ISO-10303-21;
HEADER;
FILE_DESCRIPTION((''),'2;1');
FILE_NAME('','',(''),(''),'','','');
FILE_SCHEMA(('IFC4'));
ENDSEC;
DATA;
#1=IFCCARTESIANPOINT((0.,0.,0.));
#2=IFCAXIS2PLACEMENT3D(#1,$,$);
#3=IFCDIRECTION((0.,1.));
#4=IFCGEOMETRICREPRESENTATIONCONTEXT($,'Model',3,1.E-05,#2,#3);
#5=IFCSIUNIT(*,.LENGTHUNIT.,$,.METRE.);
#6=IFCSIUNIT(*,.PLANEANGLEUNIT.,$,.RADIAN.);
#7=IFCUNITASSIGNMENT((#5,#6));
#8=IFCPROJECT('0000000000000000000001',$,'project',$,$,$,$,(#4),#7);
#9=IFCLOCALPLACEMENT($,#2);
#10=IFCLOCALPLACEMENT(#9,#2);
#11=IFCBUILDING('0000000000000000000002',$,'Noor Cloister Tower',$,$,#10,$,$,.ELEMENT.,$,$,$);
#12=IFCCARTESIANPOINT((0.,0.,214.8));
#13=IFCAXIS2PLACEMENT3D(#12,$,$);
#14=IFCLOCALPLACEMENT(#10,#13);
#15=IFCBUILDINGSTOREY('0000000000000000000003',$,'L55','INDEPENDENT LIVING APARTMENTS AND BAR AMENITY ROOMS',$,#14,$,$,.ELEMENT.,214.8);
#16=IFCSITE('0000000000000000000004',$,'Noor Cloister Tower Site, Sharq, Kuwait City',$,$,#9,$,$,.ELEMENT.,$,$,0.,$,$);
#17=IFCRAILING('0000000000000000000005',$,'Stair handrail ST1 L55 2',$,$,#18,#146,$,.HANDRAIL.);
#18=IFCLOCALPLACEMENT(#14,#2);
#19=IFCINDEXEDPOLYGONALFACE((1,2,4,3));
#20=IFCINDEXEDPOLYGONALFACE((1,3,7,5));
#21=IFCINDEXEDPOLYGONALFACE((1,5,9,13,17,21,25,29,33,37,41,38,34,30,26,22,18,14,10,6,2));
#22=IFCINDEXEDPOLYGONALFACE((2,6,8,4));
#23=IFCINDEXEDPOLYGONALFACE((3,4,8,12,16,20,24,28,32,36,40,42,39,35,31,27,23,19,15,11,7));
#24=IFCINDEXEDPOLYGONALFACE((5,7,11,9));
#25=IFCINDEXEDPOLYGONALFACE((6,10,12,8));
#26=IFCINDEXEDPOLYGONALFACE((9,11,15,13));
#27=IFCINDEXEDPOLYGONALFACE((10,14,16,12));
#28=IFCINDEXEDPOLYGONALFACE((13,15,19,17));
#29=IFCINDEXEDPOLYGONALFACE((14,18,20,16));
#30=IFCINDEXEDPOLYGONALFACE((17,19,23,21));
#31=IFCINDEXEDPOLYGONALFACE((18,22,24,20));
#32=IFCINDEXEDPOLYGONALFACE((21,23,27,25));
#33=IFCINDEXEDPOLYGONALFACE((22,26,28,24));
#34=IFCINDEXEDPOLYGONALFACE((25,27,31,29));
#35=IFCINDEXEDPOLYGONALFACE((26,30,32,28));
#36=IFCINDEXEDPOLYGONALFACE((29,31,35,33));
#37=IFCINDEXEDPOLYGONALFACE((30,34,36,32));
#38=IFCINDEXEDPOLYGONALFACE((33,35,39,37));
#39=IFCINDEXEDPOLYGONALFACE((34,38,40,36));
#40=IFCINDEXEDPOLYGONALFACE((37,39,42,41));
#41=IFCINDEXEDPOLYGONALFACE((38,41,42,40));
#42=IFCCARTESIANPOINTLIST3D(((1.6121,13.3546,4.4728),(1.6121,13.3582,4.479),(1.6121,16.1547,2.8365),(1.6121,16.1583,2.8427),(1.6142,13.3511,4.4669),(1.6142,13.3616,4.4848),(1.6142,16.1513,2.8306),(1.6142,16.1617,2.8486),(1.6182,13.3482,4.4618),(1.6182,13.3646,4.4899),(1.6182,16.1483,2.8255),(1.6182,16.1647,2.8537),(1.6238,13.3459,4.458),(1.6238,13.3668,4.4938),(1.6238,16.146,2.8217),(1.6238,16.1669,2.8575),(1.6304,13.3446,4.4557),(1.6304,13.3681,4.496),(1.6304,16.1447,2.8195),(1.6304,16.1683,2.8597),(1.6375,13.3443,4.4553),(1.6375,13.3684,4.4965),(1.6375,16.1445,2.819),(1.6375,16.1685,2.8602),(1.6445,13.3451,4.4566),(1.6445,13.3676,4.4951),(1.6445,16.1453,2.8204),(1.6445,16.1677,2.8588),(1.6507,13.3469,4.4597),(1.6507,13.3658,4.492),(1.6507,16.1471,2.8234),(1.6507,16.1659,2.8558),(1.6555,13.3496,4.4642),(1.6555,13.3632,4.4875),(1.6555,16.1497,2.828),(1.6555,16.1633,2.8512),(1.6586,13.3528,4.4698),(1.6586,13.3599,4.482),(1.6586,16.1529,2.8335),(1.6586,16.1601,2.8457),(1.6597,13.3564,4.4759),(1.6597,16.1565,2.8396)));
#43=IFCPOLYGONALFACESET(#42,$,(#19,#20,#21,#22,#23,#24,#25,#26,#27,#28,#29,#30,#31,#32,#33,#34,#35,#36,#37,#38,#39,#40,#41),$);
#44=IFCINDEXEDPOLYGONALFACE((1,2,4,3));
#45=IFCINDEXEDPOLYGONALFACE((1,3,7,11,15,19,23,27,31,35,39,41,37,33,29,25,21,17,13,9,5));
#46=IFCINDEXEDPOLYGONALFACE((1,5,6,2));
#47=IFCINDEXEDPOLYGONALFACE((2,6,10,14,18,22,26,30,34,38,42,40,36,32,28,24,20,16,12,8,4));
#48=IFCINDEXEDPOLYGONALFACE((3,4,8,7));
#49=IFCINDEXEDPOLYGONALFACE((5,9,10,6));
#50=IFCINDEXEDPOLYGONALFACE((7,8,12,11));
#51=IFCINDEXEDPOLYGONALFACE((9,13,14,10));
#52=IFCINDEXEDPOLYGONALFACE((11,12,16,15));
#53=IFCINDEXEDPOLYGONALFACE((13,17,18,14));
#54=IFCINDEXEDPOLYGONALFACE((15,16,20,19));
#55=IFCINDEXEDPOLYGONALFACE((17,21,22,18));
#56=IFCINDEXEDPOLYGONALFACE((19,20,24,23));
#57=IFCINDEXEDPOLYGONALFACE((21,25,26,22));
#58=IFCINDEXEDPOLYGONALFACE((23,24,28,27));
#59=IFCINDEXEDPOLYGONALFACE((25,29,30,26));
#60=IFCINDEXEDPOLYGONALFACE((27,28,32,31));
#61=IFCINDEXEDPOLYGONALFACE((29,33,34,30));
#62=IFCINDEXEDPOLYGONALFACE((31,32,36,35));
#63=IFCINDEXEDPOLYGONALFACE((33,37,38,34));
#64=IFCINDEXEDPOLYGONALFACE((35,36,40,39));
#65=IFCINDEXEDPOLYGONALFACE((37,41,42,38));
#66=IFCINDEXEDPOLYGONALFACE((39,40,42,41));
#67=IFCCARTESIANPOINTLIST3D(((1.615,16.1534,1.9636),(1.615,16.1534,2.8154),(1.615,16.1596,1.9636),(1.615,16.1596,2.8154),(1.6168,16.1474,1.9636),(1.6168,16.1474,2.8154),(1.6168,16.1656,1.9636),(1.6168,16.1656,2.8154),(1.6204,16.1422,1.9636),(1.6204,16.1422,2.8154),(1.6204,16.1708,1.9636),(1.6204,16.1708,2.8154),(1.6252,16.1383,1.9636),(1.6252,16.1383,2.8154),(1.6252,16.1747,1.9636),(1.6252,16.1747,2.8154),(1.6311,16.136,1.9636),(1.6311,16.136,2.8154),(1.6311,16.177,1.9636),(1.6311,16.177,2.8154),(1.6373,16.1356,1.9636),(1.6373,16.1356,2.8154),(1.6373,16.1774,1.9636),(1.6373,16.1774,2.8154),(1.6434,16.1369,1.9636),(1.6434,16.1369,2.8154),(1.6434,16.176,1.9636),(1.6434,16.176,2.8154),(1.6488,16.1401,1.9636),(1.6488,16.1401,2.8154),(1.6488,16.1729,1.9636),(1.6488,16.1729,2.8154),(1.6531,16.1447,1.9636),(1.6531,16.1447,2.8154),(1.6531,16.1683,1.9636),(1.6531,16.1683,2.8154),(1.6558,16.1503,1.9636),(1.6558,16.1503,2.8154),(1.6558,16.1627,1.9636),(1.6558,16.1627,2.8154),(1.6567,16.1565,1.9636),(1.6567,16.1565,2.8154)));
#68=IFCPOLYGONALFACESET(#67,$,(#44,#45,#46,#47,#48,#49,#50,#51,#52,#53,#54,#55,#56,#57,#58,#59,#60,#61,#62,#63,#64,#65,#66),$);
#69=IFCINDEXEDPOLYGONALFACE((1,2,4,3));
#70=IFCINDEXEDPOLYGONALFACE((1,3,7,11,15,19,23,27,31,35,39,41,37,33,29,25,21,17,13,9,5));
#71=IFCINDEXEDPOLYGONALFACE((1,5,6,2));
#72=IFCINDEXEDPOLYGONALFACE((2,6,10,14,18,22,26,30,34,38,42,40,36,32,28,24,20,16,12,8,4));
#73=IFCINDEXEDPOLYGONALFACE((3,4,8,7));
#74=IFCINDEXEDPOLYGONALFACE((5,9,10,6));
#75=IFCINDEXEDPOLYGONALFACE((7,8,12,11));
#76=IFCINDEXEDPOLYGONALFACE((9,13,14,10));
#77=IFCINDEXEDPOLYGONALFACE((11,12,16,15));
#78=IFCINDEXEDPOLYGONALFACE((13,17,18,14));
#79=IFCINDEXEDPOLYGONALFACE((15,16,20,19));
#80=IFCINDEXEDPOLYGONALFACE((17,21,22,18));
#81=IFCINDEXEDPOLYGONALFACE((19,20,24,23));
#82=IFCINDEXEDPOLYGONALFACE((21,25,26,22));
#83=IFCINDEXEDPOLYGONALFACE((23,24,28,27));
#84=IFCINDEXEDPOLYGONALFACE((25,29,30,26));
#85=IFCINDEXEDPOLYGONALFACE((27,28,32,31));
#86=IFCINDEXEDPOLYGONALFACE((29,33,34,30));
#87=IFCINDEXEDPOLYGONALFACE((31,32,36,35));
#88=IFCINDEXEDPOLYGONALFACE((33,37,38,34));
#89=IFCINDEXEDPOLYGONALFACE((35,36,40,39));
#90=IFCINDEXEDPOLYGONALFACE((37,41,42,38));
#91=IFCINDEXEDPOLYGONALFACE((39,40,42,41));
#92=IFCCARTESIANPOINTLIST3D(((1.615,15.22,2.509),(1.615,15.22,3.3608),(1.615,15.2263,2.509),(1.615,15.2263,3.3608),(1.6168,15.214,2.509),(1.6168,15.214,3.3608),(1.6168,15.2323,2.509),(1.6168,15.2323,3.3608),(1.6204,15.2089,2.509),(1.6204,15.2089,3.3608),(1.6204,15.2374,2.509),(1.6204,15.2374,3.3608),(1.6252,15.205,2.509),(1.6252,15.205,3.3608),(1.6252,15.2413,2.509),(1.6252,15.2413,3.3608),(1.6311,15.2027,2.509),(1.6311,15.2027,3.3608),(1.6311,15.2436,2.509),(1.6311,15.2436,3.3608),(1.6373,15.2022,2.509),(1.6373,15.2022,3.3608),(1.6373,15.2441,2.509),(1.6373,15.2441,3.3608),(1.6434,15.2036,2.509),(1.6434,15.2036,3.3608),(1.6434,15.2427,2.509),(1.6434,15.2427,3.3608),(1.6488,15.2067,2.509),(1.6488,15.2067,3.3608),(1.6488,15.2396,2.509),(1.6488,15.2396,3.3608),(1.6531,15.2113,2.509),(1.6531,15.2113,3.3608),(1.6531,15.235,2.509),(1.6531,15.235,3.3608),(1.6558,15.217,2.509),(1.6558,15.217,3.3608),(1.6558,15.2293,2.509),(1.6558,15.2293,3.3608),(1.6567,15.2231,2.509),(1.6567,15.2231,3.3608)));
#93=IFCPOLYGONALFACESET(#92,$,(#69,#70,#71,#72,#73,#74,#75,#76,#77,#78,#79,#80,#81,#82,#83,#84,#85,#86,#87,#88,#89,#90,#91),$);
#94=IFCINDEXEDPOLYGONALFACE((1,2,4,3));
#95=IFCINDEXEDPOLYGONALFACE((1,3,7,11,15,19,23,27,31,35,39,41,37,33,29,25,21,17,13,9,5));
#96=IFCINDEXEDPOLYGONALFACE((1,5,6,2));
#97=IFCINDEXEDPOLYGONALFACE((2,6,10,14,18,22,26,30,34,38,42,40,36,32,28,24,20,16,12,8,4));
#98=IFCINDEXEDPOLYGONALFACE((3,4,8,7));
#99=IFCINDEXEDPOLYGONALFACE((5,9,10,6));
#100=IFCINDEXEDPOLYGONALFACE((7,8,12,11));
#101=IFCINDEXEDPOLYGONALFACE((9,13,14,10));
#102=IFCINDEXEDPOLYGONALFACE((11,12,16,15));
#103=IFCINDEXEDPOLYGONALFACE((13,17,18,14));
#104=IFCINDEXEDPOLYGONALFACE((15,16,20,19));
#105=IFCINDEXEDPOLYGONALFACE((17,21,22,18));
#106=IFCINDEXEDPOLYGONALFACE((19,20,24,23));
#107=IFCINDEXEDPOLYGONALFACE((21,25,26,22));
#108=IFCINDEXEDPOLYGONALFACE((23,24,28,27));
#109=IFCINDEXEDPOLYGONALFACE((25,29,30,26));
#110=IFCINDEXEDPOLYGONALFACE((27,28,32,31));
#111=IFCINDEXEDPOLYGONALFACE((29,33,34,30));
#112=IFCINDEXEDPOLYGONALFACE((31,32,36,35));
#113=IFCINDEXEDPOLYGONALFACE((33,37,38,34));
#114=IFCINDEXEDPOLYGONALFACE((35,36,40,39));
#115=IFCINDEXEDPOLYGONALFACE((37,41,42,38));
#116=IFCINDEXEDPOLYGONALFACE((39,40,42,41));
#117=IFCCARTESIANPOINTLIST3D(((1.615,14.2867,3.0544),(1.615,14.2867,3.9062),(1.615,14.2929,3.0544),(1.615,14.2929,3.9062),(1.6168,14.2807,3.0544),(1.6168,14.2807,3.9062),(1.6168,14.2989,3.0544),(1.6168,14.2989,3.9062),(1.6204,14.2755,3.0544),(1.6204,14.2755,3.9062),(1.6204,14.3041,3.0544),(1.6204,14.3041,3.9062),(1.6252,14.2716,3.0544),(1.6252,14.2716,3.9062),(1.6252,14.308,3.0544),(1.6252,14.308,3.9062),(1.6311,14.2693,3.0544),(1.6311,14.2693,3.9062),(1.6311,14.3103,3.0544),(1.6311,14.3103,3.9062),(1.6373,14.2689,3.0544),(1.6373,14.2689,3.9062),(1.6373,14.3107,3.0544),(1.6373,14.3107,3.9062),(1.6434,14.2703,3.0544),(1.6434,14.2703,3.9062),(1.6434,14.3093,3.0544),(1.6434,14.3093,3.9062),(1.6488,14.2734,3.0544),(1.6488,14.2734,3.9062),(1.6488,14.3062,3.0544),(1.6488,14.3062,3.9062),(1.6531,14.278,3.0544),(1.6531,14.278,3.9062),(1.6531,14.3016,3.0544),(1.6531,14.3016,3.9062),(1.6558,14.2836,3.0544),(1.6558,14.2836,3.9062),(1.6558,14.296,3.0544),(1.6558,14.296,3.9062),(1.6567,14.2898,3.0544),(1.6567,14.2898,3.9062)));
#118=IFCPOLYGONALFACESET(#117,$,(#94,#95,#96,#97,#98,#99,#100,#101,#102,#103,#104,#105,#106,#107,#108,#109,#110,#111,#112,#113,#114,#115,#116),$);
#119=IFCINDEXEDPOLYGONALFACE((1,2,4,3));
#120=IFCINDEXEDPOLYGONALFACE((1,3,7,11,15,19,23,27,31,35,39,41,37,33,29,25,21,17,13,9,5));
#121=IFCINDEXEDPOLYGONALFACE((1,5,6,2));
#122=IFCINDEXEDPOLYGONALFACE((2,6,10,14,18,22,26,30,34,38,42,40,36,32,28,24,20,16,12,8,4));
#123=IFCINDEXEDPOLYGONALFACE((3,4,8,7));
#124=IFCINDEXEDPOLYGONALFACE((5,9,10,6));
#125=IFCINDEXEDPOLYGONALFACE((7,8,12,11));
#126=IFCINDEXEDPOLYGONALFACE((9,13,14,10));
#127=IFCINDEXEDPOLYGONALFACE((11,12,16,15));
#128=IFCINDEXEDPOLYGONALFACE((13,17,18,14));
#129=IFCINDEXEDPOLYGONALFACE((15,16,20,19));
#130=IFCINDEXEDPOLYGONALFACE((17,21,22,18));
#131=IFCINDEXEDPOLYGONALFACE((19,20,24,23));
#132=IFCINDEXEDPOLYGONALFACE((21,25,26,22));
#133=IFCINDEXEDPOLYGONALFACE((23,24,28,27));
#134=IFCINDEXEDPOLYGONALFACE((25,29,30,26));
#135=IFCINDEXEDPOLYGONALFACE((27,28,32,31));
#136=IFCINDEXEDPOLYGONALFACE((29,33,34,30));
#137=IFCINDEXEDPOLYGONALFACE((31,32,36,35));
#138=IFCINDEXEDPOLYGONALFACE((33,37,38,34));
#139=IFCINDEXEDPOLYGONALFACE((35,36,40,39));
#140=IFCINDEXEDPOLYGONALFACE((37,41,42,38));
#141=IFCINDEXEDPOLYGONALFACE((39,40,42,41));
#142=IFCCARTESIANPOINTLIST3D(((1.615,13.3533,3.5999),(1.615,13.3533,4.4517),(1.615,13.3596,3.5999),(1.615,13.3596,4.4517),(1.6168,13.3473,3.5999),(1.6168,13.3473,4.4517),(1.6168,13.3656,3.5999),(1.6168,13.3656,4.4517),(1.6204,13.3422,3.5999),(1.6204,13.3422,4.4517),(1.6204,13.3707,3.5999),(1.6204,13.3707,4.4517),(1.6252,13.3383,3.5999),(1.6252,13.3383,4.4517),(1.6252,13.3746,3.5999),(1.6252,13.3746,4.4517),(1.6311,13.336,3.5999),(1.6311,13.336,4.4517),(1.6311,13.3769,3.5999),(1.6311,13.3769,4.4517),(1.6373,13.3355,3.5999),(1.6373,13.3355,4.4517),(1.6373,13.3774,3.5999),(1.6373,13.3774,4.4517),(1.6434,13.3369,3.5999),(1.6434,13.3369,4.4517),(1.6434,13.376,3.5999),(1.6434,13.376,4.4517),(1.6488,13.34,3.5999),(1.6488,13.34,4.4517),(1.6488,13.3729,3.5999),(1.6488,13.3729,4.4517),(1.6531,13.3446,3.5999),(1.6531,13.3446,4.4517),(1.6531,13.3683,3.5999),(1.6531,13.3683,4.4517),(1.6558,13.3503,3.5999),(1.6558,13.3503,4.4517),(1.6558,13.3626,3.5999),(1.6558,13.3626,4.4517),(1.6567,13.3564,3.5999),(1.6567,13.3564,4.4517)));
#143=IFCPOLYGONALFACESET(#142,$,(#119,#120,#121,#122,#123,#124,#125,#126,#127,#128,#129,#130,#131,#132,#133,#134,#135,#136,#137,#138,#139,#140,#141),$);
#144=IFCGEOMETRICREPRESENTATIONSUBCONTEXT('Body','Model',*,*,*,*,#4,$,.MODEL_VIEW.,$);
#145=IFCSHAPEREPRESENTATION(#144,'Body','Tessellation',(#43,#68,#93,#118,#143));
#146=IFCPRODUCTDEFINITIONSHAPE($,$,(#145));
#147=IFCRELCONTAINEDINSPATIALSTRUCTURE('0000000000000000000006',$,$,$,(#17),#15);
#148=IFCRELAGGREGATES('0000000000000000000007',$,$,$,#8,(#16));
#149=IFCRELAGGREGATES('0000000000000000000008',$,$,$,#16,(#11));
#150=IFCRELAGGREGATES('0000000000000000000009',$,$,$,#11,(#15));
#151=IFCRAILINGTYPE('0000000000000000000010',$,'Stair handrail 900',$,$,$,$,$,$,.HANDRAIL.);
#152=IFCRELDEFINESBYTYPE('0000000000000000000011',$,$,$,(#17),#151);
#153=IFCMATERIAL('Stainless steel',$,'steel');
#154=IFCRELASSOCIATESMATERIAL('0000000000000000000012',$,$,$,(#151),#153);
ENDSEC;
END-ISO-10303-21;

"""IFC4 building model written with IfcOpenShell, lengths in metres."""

from ifc_helpers import new_model, si_unit, direction, frame, origin, origin_2d, place, context, subcontext, project, spatial, circle, extrude, material, type_object, element, save


model = new_model("IFC4")

# Units and contexts
model_context = context("Model", 3, precision=1e-05, world=origin(), true_north=direction((0.0, 1.0)))
body_context = subcontext(model_context, "Body", "Model", "MODEL_VIEW")
ifc_project = project(units=[si_unit("LENGTHUNIT", "METRE"), si_unit("PLANEANGLEUNIT", "RADIAN")], contexts=[model_context])

# Site, building, storey
site_placement = place(None, origin())
site = spatial("IfcSite", under=ifc_project, at=site_placement, Name="Noor Cloister Tower Site, Sharq, Kuwait City", CompositionType="ELEMENT", RefElevation=0.0)
building_placement = place(site_placement, origin())
building = spatial("IfcBuilding", under=site, at=building_placement, Name="Noor Cloister Tower", CompositionType="ELEMENT")
storey_placement = place(building_placement, frame((0.0, 0.0, 214.8)))
storey = spatial("IfcBuildingStorey", under=building, at=storey_placement, Name="L55", Description="INDEPENDENT LIVING APARTMENTS AND BAR AMENITY ROOMS", CompositionType="ELEMENT", Elevation=214.8)

# Railing
ifc_material_1 = material(Name="Stainless steel", Category="steel")
railing_type_1 = type_object("IfcRailingType", Name="Stair handrail 900", PredefinedType="HANDRAIL", material=ifc_material_1)
railing_1_placement = place(storey_placement, frame((1.6357, 16.1565, 1.9636)))
element("IfcRailing", 1, at=railing_1_placement, inside=storey, type_object=railing_type_1, Name="Stair handrail ST1 L55 2", PredefinedType="HANDRAIL", context=body_context, shape_type="SweptSolid", body=[
    extrude(circle(Radius=0.0239, at=origin_2d()), frame((0.0, 0.0, 0.876), z_axis=(0.0, -0.863394, 0.504531), x_axis=(1.0, 0.0, 0.0)), (0.0, 0.0, 1.0), 3.2432),
    extrude(circle(Radius=0.021, at=origin_2d()), origin(), (0.0, 0.0, 1.0), 0.8518),
    extrude(circle(Radius=0.021, at=origin_2d()), frame((0.0, -0.9333, 0.5454)), (0.0, 0.0, 1.0), 0.8518),
    extrude(circle(Radius=0.021, at=origin_2d()), frame((0.0, -1.8667, 1.0908)), (0.0, 0.0, 1.0), 0.8518),
    extrude(circle(Radius=0.021, at=origin_2d()), frame((0.0, -2.8, 1.6362)), (0.0, 0.0, 1.0), 0.8518),
])

save(model, "model.ifc")
